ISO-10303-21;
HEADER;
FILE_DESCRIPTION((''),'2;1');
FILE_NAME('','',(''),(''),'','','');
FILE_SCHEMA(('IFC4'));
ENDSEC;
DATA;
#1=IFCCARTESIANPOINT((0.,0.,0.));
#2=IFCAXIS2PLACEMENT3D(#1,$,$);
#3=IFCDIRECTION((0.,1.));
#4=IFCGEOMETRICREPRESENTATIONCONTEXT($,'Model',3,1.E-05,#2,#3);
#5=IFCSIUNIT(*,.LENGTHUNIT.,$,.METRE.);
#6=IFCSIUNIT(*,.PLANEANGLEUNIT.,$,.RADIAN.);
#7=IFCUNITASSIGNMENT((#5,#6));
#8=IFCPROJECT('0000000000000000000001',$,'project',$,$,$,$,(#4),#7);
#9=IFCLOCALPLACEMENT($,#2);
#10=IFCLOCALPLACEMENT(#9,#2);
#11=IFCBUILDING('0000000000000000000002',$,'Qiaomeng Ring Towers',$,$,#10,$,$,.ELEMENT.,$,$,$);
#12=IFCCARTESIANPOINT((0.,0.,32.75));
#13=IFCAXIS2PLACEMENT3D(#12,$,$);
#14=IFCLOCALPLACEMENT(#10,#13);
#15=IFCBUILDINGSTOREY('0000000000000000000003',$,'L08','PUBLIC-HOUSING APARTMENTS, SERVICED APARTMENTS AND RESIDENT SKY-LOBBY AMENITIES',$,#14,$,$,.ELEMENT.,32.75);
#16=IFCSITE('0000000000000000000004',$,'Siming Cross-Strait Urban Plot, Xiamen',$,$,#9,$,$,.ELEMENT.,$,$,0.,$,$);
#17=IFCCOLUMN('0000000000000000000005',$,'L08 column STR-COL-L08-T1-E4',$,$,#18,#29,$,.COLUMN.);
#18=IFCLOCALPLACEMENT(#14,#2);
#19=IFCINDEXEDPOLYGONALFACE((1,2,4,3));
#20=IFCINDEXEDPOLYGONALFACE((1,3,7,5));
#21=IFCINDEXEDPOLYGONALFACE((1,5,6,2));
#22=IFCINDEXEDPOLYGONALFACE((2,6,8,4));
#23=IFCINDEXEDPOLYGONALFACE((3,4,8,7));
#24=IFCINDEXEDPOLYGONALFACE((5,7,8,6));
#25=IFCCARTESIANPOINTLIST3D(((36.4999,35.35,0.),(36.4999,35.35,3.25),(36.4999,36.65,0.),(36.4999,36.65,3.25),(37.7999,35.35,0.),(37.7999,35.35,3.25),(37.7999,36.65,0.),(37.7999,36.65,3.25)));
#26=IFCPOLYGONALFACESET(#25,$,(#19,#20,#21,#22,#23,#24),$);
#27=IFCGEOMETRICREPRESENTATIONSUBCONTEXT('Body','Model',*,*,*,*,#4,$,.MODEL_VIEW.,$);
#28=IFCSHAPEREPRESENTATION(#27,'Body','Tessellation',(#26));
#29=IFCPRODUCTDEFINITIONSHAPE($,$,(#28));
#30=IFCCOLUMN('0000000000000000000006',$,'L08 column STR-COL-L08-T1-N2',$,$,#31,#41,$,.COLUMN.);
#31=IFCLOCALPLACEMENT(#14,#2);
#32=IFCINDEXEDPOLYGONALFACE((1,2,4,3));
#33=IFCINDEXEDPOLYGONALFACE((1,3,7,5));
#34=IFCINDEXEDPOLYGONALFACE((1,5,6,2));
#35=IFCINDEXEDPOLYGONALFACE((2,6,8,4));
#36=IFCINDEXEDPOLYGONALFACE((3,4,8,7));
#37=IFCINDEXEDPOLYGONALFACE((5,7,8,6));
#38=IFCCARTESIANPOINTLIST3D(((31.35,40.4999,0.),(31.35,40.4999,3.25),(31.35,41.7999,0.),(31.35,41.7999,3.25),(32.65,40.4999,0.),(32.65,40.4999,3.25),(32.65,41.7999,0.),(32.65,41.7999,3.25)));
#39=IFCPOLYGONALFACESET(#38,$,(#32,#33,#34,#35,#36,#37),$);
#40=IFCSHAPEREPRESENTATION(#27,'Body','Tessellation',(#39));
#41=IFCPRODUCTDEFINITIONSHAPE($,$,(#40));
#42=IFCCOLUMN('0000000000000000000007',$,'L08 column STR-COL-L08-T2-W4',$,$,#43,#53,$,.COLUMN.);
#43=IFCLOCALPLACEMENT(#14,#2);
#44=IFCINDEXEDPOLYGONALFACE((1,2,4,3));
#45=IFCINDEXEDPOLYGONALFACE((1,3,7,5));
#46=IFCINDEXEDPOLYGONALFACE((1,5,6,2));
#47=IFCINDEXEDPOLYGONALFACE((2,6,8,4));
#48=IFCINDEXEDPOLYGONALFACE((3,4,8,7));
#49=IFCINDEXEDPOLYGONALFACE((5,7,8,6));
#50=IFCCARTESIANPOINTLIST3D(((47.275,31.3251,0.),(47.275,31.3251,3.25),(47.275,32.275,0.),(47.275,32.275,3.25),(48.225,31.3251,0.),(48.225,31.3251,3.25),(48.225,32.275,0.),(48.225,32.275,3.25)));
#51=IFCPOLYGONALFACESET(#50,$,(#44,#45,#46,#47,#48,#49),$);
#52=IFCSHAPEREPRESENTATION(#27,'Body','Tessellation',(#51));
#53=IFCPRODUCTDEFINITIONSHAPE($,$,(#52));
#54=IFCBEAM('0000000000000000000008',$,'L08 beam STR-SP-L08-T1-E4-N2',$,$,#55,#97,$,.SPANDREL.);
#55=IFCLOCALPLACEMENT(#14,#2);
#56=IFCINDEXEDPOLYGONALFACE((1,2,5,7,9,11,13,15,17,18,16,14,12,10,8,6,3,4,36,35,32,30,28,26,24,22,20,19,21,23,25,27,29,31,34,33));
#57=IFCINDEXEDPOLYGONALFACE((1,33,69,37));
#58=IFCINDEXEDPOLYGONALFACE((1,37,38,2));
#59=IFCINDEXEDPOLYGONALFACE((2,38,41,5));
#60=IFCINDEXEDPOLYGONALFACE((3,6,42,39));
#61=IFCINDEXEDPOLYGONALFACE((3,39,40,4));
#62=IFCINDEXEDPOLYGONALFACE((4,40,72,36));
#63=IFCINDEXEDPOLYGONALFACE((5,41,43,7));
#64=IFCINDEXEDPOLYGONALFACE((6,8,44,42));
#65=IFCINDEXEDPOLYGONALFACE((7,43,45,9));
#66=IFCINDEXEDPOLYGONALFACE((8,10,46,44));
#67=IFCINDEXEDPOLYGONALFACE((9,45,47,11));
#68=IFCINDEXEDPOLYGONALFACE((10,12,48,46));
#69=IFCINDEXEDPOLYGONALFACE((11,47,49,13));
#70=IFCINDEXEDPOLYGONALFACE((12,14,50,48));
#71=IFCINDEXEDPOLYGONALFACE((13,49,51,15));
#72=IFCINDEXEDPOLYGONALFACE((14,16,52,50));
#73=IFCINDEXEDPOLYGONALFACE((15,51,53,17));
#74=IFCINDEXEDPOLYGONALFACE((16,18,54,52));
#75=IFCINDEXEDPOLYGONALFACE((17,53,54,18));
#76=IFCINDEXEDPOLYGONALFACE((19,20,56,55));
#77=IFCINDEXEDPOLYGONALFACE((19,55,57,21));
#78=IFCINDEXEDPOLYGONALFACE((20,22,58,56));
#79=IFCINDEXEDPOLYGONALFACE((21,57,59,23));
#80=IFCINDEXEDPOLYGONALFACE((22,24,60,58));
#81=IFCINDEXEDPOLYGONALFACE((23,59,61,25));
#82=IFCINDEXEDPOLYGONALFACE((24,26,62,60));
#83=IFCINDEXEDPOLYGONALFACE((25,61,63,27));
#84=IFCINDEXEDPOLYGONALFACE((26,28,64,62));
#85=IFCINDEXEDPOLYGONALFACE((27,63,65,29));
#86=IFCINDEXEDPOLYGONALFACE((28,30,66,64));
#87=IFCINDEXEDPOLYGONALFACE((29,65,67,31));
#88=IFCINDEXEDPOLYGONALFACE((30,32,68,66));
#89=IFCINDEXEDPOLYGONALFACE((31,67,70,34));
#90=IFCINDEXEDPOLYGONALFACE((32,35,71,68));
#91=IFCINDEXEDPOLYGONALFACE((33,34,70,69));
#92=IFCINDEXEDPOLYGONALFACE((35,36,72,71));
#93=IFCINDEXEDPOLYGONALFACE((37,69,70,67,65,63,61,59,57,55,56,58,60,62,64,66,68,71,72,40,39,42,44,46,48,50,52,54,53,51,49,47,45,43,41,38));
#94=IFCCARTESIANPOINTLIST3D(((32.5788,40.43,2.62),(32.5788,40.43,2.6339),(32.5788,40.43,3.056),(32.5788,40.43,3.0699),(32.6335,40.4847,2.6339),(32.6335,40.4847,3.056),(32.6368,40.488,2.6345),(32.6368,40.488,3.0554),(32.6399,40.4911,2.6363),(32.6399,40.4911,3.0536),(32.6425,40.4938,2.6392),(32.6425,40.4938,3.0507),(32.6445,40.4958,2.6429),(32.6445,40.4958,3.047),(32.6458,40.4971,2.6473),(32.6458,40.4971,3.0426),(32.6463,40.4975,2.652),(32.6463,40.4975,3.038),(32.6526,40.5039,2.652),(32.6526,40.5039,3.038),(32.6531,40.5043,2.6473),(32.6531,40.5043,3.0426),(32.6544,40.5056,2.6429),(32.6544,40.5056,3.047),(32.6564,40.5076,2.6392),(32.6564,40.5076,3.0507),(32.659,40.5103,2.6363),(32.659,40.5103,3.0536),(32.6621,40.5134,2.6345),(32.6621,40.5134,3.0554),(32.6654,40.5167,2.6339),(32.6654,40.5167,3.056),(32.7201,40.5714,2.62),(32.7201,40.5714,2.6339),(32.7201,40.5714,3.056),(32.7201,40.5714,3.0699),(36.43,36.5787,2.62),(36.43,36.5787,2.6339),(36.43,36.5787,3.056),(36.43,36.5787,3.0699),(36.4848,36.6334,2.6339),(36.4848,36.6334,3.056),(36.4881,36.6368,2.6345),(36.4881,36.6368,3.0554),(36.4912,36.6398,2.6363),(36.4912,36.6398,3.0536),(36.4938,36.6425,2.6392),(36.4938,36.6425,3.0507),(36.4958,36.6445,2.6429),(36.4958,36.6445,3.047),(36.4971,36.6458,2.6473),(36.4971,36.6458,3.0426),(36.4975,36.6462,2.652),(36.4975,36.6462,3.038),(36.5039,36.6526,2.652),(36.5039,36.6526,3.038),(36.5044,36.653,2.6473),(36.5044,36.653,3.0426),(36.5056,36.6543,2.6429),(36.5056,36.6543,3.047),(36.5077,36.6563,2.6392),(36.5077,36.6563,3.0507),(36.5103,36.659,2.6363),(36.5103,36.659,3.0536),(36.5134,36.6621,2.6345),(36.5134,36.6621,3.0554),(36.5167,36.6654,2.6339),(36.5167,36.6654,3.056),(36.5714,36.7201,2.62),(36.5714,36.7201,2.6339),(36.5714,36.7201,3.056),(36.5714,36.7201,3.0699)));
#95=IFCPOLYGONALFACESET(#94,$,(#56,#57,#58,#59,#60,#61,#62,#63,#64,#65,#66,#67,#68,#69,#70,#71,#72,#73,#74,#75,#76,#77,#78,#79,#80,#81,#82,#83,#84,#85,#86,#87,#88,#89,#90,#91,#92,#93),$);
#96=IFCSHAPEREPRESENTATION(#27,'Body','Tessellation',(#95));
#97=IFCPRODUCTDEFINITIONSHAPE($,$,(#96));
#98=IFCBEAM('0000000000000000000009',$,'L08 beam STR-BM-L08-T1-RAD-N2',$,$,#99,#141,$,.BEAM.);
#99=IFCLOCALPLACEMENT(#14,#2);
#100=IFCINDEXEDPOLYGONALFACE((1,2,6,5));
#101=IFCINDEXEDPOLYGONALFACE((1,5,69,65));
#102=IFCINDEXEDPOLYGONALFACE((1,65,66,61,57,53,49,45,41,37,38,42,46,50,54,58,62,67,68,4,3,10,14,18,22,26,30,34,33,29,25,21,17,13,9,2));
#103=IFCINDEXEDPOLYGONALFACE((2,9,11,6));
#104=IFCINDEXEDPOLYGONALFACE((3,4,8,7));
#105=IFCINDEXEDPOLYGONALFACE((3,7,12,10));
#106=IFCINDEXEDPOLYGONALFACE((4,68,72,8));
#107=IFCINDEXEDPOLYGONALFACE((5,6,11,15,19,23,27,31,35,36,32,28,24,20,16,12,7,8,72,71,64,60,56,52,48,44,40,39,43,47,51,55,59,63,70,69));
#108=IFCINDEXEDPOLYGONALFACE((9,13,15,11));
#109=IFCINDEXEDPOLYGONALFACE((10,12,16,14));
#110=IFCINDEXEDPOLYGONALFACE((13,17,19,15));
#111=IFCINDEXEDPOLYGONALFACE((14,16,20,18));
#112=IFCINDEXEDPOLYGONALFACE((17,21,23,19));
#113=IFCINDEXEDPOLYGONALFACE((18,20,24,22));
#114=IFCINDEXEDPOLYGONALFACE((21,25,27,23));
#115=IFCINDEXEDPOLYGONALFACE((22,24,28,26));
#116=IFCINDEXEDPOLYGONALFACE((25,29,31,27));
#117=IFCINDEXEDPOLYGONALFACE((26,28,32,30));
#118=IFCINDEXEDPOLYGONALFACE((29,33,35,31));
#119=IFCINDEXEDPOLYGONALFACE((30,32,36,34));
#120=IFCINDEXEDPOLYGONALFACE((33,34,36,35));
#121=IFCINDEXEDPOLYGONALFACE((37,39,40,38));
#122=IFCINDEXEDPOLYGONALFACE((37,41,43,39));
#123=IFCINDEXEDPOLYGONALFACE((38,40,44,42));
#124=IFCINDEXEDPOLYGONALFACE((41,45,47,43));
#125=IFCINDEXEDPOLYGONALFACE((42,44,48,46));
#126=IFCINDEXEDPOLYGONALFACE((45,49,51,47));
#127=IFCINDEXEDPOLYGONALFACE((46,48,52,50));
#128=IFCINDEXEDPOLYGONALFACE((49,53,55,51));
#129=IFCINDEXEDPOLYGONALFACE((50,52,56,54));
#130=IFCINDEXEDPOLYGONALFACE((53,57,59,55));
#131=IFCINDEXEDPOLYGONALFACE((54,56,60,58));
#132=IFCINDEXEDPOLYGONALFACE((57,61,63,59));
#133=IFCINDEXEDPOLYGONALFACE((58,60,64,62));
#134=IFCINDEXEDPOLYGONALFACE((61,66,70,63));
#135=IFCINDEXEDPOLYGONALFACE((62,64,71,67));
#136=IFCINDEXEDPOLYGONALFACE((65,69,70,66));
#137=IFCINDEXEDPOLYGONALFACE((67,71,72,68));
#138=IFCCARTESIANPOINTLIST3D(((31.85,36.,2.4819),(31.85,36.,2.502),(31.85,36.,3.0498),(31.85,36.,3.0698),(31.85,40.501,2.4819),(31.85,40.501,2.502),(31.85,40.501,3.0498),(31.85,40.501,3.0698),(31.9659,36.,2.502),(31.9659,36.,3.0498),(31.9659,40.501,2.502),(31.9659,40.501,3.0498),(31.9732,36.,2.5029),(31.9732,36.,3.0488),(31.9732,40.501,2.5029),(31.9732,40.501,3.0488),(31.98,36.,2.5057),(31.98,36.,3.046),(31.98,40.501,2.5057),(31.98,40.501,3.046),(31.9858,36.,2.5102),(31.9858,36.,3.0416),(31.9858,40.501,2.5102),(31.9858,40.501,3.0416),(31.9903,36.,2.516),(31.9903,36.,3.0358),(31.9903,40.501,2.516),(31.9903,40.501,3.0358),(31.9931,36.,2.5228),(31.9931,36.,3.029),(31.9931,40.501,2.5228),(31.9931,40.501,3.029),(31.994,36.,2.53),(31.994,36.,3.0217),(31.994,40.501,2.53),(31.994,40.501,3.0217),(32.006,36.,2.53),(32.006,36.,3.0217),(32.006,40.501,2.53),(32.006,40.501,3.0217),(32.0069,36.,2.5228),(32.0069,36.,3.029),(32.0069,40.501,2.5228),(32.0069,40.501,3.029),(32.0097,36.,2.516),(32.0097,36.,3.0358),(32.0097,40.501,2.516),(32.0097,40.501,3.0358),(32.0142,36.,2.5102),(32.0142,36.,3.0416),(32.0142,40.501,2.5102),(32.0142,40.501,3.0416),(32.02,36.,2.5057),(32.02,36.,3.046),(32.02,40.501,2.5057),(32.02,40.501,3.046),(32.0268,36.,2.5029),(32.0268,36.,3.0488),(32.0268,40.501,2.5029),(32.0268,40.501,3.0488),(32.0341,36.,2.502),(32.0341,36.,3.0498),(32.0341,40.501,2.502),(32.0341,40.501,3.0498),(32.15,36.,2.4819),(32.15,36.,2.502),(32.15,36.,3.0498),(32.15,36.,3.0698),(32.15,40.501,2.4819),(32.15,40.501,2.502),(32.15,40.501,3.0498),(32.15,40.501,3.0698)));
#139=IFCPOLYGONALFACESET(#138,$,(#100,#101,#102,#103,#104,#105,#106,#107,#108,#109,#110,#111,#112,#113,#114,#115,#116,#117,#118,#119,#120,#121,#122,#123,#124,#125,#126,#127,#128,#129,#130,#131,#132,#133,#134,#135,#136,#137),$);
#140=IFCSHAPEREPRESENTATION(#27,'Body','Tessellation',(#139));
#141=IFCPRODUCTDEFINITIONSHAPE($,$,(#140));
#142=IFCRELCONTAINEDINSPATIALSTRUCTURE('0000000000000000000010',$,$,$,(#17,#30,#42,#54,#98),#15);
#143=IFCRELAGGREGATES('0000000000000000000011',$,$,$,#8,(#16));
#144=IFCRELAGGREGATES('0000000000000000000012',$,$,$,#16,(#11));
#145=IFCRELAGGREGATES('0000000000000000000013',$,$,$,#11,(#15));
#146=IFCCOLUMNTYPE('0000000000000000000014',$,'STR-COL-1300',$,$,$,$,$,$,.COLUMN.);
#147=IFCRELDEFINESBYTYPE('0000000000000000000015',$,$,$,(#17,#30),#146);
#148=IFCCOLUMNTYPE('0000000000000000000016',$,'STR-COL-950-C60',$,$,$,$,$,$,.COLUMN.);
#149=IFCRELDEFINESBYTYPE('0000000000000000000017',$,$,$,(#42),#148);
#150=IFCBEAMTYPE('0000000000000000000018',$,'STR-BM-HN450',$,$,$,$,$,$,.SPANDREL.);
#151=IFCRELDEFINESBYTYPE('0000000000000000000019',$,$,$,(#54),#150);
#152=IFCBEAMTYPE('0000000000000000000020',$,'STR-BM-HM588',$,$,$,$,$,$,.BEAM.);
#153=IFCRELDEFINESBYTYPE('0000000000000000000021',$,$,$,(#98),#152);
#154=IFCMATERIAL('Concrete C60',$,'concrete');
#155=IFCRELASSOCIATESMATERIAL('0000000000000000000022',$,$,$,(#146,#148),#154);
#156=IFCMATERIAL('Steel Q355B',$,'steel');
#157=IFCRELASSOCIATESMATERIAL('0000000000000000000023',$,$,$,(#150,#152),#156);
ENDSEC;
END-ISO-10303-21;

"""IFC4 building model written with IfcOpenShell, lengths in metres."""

from ifc_helpers import new_model, si_unit, direction, frame, origin, origin_2d, place, context, subcontext, project, spatial, rectangle, i_section, extrude, source, transform, mapped, material, material_profile, profile_set, type_object, element, save


model = new_model("IFC4")

# Units and contexts
model_context = context("Model", 3, precision=1e-05, world=origin(), true_north=direction((0.0, 1.0)))
body_context = subcontext(model_context, "Body", "Model", "MODEL_VIEW")
ifc_project = project(units=[si_unit("LENGTHUNIT", "METRE"), si_unit("PLANEANGLEUNIT", "RADIAN")], contexts=[model_context])

# Site, building, storey
site_placement = place(None, origin())
site = spatial("IfcSite", under=ifc_project, at=site_placement, Name="Siming Cross-Strait Urban Plot, Xiamen", CompositionType="ELEMENT", RefElevation=0.0)
building_placement = place(site_placement, origin())
building = spatial("IfcBuilding", under=site, at=building_placement, Name="Qiaomeng Ring Towers", CompositionType="ELEMENT")
storey_placement = place(building_placement, frame((0.0, 0.0, 32.75)))
storey = spatial("IfcBuildingStorey", under=building, at=storey_placement, Name="L08", Description="PUBLIC-HOUSING APARTMENTS, SERVICED APARTMENTS AND RESIDENT SKY-LOBBY AMENITIES", CompositionType="ELEMENT", Elevation=32.75)

# Columns
ifc_material_1 = material(Name="Concrete C60", Category="concrete")
ifc_material_profile_1 = material_profile(ifc_material_1, rectangle(XDim=1.3, YDim=1.3, at=origin_2d()), Name="RC COL 1300x1300")
ifc_profile_set_1 = profile_set([ifc_material_profile_1], Name="Concrete C60")
column_type_1 = type_object("IfcColumnType", Name="STR-COL-1300", PredefinedType="COLUMN", material=ifc_profile_set_1)
shared_shape_1 = source(origin(), body_context, "Body", "SweptSolid", [
    extrude(rectangle(XDim=1.3, YDim=1.3, at=origin_2d()), origin(), (0.0, 0.0, 1.0), 3.25),
])
for number, where, z_axis, x_axis, name in (
    (1, (37.1499, 36.0, 0.0), (0.0, 0.0, 1.0), (1.0, 0.0, 0.0), "L08 column STR-COL-L08-T1-E4"),
    (2, (32.0, 41.1499, 0.0), (0.0, 0.0, 1.0), (1.0, 0.0, 0.0), "L08 column STR-COL-L08-T1-N2"),
):
    element("IfcColumn", number, at=place(storey_placement, frame(where, z_axis=z_axis, x_axis=x_axis)), inside=storey, type_object=column_type_1, Name=name, PredefinedType="COLUMN", context=body_context, shape_type="MappedRepresentation", body=[
        mapped(shared_shape_1, transform((0.0, 0.0, 0.0), x_axis=(1.0, 0.0, 0.0), y_axis=(0.0, 1.0, 0.0), z_axis=(0.0, 0.0, 1.0), scale=1.0)),
    ])
ifc_material_profile_2 = material_profile(ifc_material_1, rectangle(XDim=0.95, YDim=0.95, at=origin_2d()), Name="RC COL 950x950")
ifc_profile_set_2 = profile_set([ifc_material_profile_2], Name="Concrete C60")
column_type_2 = type_object("IfcColumnType", Name="STR-COL-950-C60", PredefinedType="COLUMN", material=ifc_profile_set_2)
shared_shape_2 = source(origin(), body_context, "Body", "SweptSolid", [
    extrude(rectangle(XDim=0.95, YDim=0.95, at=origin_2d()), origin(), (0.0, 0.0, 1.0), 3.25),
])
column_placement = place(storey_placement, frame((47.75, 31.8, 0.0), z_axis=(0.0, 0.0, 1.0), x_axis=(1.0, 0.0, 0.0)))
element("IfcColumn", 3, at=column_placement, inside=storey, type_object=column_type_2, Name="L08 column STR-COL-L08-T2-W4", PredefinedType="COLUMN", context=body_context, shape_type="MappedRepresentation", body=[
    mapped(shared_shape_2, transform((0.0, 0.0, 0.0), x_axis=(1.0, 0.0, 0.0), y_axis=(0.0, 1.0, 0.0), z_axis=(0.0, 0.0, 1.0), scale=1.0)),
])

# Beams
ifc_material_2 = material(Name="Steel Q355B", Category="steel")
ifc_material_profile_3 = material_profile(ifc_material_2, i_section(OverallWidth=0.2, OverallDepth=0.45, WebThickness=0.009, FlangeThickness=0.0139, FilletRadius=0.0181, at=origin_2d()), Name="HN 450x200x9x14")
ifc_profile_set_3 = profile_set([ifc_material_profile_3], Name="Steel Q355B")
beam_type_1 = type_object("IfcBeamType", Name="STR-BM-HN450", PredefinedType="SPANDREL", material=ifc_profile_set_3)
shared_shape_3 = source(origin(), body_context, "Body", "SweptSolid", [
    extrude(i_section(OverallWidth=0.2, OverallDepth=0.45, WebThickness=0.009, FlangeThickness=0.0139, FilletRadius=0.0181, at=origin_2d()), origin(), (0.0, 0.0, 1.0), 5.4465),
])
beam_1_placement = place(storey_placement, frame((36.5007, 36.6494, 2.845), z_axis=(-0.707107, 0.707107, 0.0), x_axis=(-0.707107, -0.707107, 0.0)))
element("IfcBeam", 4, at=beam_1_placement, inside=storey, type_object=beam_type_1, Name="L08 beam STR-SP-L08-T1-E4-N2", PredefinedType="SPANDREL", context=body_context, shape_type="MappedRepresentation", body=[
    mapped(shared_shape_3, transform((0.0, 0.0, 0.0), x_axis=(1.0, 0.0, 0.0), y_axis=(0.0, 1.0, 0.0), z_axis=(0.0, 0.0, 1.0), scale=1.0)),
])
ifc_material_profile_4 = material_profile(ifc_material_2, i_section(OverallWidth=0.3, OverallDepth=0.5879, WebThickness=0.012, FlangeThickness=0.02, FilletRadius=0.0281, at=origin_2d()), Name="HM 588x300x12x20")
ifc_profile_set_4 = profile_set([ifc_material_profile_4], Name="Steel Q355B")
beam_type_2 = type_object("IfcBeamType", Name="STR-BM-HM588", PredefinedType="BEAM", material=ifc_profile_set_4)
shared_shape_4 = source(origin(), body_context, "Body", "SweptSolid", [
    extrude(i_section(OverallWidth=0.3, OverallDepth=0.5879, WebThickness=0.012, FlangeThickness=0.02, FilletRadius=0.0281, at=origin_2d()), origin(), (0.0, 0.0, 1.0), 4.501),
])
beam_2_placement = place(storey_placement, frame((32.0, 40.501, 2.7759), z_axis=(0.0, -1.0, 0.0), x_axis=(1.0, 0.0, 0.0)))
element("IfcBeam", 5, at=beam_2_placement, inside=storey, type_object=beam_type_2, Name="L08 beam STR-BM-L08-T1-RAD-N2", PredefinedType="BEAM", context=body_context, shape_type="MappedRepresentation", body=[
    mapped(shared_shape_4, transform((0.0, 0.0, 0.0), x_axis=(1.0, 0.0, 0.0), y_axis=(0.0, 1.0, 0.0), z_axis=(0.0, 0.0, 1.0), scale=1.0)),
])

save(model, "model.ifc")
